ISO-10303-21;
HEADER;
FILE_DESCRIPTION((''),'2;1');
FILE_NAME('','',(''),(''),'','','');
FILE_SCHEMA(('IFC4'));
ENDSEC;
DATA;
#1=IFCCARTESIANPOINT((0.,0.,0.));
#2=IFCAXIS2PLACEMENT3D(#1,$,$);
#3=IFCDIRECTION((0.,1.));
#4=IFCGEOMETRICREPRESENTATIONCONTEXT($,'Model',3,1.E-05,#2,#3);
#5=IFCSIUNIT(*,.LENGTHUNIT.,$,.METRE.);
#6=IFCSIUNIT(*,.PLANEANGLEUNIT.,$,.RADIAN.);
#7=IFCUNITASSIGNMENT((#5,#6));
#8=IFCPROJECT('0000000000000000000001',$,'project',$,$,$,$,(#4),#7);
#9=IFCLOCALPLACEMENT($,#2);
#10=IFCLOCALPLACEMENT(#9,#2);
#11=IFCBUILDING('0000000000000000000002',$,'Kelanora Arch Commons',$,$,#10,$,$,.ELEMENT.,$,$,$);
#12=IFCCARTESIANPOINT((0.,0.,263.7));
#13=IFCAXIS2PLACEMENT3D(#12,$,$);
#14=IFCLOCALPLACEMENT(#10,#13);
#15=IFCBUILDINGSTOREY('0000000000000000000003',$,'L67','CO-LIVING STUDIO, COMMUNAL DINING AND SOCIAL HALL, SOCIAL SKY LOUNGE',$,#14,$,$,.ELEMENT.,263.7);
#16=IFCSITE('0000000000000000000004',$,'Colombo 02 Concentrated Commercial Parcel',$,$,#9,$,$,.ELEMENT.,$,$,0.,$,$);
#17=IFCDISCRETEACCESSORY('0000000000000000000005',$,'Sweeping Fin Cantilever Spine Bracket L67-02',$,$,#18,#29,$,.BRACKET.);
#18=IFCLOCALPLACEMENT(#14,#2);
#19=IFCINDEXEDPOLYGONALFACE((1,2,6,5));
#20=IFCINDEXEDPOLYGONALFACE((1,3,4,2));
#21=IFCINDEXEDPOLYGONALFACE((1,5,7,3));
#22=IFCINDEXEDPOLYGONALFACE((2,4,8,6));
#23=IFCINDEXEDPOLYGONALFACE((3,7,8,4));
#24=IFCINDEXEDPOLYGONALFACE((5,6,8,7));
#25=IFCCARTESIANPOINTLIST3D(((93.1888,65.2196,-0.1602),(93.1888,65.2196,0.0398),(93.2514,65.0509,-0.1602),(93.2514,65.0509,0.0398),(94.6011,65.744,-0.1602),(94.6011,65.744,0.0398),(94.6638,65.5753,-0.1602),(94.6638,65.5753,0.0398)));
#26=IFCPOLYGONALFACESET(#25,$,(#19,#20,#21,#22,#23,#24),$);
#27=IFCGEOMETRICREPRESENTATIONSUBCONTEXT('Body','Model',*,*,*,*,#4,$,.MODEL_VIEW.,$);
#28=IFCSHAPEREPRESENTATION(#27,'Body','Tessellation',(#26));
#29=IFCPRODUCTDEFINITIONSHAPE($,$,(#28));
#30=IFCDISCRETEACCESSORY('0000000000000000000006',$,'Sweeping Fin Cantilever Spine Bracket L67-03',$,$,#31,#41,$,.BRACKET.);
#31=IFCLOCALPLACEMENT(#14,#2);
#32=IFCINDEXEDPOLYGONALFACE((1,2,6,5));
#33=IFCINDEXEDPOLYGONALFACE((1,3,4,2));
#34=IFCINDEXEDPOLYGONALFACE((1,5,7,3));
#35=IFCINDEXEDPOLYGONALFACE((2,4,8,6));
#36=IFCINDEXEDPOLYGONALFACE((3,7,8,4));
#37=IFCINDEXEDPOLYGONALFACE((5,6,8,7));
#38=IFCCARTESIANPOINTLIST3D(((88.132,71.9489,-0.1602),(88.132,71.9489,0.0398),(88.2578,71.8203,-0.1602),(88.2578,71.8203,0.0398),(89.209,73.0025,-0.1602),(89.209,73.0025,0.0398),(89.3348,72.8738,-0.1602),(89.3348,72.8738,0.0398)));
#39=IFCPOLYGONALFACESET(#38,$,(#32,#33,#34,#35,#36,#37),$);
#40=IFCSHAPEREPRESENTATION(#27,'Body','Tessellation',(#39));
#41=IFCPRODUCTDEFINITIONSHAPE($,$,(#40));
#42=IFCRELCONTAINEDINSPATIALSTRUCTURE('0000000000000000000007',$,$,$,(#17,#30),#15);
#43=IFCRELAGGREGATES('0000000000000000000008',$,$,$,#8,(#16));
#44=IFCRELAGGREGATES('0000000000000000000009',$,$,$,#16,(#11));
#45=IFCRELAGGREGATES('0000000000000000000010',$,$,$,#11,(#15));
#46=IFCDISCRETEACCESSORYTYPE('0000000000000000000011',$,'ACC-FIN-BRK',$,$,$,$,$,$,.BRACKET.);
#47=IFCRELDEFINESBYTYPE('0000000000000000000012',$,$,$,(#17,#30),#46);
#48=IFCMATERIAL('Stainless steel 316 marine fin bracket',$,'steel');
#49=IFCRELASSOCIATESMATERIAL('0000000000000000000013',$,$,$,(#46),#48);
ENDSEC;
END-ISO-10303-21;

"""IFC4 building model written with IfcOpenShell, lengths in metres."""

from ifc_helpers import new_model, si_unit, direction, frame, origin, origin_2d, place, context, subcontext, project, spatial, rectangle, extrude, source, transform, mapped, material, type_object, element, save


model = new_model("IFC4")

# Units and contexts
model_context = context("Model", 3, precision=1e-05, world=origin(), true_north=direction((0.0, 1.0)))
body_context = subcontext(model_context, "Body", "Model", "MODEL_VIEW")
ifc_project = project(units=[si_unit("LENGTHUNIT", "METRE"), si_unit("PLANEANGLEUNIT", "RADIAN")], contexts=[model_context])

# Site, building, storey
site_placement = place(None, origin())
site = spatial("IfcSite", under=ifc_project, at=site_placement, Name="Colombo 02 Concentrated Commercial Parcel", CompositionType="ELEMENT", RefElevation=0.0)
building_placement = place(site_placement, origin())
building = spatial("IfcBuilding", under=site, at=building_placement, Name="Kelanora Arch Commons", CompositionType="ELEMENT")
storey_placement = place(building_placement, frame((0.0, 0.0, 263.7)))
storey = spatial("IfcBuildingStorey", under=building, at=storey_placement, Name="L67", Description="CO-LIVING STUDIO, COMMUNAL DINING AND SOCIAL HALL, SOCIAL SKY LOUNGE", CompositionType="ELEMENT", Elevation=263.7)

# Discrete accessories
ifc_material_1 = material(Name="Stainless steel 316 marine fin bracket", Category="steel")
discrete_accessory_type = type_object("IfcDiscreteAccessoryType", Name="ACC-FIN-BRK", PredefinedType="BRACKET", material=ifc_material_1)
shared_shape_1 = source(origin(), body_context, "Body", "SweptSolid", [
    extrude(rectangle(XDim=1.5066, YDim=0.1799, at=origin_2d()), origin(), (0.0, 0.0, 1.0), 0.2),
])
for number, where, z_axis, x_axis, name in (
    (1, (93.9263, 65.3975, -0.1602), (0.0, 0.0, 1.0), (0.937464, 0.348081, 0.0), "Sweeping Fin Cantilever Spine Bracket L67-02"),
    (2, (88.7334, 72.4114, -0.1602), (0.0, 0.0, 1.0), (0.714839, 0.699289, 0.0), "Sweeping Fin Cantilever Spine Bracket L67-03"),
):
    element("IfcDiscreteAccessory", number, at=place(storey_placement, frame(where, z_axis=z_axis, x_axis=x_axis)), inside=storey, type_object=discrete_accessory_type, Name=name, PredefinedType="BRACKET", context=body_context, shape_type="MappedRepresentation", body=[
        mapped(shared_shape_1, transform((0.0, 0.0, 0.0), scale=1.0)),
    ])

save(model, "model.ifc")
